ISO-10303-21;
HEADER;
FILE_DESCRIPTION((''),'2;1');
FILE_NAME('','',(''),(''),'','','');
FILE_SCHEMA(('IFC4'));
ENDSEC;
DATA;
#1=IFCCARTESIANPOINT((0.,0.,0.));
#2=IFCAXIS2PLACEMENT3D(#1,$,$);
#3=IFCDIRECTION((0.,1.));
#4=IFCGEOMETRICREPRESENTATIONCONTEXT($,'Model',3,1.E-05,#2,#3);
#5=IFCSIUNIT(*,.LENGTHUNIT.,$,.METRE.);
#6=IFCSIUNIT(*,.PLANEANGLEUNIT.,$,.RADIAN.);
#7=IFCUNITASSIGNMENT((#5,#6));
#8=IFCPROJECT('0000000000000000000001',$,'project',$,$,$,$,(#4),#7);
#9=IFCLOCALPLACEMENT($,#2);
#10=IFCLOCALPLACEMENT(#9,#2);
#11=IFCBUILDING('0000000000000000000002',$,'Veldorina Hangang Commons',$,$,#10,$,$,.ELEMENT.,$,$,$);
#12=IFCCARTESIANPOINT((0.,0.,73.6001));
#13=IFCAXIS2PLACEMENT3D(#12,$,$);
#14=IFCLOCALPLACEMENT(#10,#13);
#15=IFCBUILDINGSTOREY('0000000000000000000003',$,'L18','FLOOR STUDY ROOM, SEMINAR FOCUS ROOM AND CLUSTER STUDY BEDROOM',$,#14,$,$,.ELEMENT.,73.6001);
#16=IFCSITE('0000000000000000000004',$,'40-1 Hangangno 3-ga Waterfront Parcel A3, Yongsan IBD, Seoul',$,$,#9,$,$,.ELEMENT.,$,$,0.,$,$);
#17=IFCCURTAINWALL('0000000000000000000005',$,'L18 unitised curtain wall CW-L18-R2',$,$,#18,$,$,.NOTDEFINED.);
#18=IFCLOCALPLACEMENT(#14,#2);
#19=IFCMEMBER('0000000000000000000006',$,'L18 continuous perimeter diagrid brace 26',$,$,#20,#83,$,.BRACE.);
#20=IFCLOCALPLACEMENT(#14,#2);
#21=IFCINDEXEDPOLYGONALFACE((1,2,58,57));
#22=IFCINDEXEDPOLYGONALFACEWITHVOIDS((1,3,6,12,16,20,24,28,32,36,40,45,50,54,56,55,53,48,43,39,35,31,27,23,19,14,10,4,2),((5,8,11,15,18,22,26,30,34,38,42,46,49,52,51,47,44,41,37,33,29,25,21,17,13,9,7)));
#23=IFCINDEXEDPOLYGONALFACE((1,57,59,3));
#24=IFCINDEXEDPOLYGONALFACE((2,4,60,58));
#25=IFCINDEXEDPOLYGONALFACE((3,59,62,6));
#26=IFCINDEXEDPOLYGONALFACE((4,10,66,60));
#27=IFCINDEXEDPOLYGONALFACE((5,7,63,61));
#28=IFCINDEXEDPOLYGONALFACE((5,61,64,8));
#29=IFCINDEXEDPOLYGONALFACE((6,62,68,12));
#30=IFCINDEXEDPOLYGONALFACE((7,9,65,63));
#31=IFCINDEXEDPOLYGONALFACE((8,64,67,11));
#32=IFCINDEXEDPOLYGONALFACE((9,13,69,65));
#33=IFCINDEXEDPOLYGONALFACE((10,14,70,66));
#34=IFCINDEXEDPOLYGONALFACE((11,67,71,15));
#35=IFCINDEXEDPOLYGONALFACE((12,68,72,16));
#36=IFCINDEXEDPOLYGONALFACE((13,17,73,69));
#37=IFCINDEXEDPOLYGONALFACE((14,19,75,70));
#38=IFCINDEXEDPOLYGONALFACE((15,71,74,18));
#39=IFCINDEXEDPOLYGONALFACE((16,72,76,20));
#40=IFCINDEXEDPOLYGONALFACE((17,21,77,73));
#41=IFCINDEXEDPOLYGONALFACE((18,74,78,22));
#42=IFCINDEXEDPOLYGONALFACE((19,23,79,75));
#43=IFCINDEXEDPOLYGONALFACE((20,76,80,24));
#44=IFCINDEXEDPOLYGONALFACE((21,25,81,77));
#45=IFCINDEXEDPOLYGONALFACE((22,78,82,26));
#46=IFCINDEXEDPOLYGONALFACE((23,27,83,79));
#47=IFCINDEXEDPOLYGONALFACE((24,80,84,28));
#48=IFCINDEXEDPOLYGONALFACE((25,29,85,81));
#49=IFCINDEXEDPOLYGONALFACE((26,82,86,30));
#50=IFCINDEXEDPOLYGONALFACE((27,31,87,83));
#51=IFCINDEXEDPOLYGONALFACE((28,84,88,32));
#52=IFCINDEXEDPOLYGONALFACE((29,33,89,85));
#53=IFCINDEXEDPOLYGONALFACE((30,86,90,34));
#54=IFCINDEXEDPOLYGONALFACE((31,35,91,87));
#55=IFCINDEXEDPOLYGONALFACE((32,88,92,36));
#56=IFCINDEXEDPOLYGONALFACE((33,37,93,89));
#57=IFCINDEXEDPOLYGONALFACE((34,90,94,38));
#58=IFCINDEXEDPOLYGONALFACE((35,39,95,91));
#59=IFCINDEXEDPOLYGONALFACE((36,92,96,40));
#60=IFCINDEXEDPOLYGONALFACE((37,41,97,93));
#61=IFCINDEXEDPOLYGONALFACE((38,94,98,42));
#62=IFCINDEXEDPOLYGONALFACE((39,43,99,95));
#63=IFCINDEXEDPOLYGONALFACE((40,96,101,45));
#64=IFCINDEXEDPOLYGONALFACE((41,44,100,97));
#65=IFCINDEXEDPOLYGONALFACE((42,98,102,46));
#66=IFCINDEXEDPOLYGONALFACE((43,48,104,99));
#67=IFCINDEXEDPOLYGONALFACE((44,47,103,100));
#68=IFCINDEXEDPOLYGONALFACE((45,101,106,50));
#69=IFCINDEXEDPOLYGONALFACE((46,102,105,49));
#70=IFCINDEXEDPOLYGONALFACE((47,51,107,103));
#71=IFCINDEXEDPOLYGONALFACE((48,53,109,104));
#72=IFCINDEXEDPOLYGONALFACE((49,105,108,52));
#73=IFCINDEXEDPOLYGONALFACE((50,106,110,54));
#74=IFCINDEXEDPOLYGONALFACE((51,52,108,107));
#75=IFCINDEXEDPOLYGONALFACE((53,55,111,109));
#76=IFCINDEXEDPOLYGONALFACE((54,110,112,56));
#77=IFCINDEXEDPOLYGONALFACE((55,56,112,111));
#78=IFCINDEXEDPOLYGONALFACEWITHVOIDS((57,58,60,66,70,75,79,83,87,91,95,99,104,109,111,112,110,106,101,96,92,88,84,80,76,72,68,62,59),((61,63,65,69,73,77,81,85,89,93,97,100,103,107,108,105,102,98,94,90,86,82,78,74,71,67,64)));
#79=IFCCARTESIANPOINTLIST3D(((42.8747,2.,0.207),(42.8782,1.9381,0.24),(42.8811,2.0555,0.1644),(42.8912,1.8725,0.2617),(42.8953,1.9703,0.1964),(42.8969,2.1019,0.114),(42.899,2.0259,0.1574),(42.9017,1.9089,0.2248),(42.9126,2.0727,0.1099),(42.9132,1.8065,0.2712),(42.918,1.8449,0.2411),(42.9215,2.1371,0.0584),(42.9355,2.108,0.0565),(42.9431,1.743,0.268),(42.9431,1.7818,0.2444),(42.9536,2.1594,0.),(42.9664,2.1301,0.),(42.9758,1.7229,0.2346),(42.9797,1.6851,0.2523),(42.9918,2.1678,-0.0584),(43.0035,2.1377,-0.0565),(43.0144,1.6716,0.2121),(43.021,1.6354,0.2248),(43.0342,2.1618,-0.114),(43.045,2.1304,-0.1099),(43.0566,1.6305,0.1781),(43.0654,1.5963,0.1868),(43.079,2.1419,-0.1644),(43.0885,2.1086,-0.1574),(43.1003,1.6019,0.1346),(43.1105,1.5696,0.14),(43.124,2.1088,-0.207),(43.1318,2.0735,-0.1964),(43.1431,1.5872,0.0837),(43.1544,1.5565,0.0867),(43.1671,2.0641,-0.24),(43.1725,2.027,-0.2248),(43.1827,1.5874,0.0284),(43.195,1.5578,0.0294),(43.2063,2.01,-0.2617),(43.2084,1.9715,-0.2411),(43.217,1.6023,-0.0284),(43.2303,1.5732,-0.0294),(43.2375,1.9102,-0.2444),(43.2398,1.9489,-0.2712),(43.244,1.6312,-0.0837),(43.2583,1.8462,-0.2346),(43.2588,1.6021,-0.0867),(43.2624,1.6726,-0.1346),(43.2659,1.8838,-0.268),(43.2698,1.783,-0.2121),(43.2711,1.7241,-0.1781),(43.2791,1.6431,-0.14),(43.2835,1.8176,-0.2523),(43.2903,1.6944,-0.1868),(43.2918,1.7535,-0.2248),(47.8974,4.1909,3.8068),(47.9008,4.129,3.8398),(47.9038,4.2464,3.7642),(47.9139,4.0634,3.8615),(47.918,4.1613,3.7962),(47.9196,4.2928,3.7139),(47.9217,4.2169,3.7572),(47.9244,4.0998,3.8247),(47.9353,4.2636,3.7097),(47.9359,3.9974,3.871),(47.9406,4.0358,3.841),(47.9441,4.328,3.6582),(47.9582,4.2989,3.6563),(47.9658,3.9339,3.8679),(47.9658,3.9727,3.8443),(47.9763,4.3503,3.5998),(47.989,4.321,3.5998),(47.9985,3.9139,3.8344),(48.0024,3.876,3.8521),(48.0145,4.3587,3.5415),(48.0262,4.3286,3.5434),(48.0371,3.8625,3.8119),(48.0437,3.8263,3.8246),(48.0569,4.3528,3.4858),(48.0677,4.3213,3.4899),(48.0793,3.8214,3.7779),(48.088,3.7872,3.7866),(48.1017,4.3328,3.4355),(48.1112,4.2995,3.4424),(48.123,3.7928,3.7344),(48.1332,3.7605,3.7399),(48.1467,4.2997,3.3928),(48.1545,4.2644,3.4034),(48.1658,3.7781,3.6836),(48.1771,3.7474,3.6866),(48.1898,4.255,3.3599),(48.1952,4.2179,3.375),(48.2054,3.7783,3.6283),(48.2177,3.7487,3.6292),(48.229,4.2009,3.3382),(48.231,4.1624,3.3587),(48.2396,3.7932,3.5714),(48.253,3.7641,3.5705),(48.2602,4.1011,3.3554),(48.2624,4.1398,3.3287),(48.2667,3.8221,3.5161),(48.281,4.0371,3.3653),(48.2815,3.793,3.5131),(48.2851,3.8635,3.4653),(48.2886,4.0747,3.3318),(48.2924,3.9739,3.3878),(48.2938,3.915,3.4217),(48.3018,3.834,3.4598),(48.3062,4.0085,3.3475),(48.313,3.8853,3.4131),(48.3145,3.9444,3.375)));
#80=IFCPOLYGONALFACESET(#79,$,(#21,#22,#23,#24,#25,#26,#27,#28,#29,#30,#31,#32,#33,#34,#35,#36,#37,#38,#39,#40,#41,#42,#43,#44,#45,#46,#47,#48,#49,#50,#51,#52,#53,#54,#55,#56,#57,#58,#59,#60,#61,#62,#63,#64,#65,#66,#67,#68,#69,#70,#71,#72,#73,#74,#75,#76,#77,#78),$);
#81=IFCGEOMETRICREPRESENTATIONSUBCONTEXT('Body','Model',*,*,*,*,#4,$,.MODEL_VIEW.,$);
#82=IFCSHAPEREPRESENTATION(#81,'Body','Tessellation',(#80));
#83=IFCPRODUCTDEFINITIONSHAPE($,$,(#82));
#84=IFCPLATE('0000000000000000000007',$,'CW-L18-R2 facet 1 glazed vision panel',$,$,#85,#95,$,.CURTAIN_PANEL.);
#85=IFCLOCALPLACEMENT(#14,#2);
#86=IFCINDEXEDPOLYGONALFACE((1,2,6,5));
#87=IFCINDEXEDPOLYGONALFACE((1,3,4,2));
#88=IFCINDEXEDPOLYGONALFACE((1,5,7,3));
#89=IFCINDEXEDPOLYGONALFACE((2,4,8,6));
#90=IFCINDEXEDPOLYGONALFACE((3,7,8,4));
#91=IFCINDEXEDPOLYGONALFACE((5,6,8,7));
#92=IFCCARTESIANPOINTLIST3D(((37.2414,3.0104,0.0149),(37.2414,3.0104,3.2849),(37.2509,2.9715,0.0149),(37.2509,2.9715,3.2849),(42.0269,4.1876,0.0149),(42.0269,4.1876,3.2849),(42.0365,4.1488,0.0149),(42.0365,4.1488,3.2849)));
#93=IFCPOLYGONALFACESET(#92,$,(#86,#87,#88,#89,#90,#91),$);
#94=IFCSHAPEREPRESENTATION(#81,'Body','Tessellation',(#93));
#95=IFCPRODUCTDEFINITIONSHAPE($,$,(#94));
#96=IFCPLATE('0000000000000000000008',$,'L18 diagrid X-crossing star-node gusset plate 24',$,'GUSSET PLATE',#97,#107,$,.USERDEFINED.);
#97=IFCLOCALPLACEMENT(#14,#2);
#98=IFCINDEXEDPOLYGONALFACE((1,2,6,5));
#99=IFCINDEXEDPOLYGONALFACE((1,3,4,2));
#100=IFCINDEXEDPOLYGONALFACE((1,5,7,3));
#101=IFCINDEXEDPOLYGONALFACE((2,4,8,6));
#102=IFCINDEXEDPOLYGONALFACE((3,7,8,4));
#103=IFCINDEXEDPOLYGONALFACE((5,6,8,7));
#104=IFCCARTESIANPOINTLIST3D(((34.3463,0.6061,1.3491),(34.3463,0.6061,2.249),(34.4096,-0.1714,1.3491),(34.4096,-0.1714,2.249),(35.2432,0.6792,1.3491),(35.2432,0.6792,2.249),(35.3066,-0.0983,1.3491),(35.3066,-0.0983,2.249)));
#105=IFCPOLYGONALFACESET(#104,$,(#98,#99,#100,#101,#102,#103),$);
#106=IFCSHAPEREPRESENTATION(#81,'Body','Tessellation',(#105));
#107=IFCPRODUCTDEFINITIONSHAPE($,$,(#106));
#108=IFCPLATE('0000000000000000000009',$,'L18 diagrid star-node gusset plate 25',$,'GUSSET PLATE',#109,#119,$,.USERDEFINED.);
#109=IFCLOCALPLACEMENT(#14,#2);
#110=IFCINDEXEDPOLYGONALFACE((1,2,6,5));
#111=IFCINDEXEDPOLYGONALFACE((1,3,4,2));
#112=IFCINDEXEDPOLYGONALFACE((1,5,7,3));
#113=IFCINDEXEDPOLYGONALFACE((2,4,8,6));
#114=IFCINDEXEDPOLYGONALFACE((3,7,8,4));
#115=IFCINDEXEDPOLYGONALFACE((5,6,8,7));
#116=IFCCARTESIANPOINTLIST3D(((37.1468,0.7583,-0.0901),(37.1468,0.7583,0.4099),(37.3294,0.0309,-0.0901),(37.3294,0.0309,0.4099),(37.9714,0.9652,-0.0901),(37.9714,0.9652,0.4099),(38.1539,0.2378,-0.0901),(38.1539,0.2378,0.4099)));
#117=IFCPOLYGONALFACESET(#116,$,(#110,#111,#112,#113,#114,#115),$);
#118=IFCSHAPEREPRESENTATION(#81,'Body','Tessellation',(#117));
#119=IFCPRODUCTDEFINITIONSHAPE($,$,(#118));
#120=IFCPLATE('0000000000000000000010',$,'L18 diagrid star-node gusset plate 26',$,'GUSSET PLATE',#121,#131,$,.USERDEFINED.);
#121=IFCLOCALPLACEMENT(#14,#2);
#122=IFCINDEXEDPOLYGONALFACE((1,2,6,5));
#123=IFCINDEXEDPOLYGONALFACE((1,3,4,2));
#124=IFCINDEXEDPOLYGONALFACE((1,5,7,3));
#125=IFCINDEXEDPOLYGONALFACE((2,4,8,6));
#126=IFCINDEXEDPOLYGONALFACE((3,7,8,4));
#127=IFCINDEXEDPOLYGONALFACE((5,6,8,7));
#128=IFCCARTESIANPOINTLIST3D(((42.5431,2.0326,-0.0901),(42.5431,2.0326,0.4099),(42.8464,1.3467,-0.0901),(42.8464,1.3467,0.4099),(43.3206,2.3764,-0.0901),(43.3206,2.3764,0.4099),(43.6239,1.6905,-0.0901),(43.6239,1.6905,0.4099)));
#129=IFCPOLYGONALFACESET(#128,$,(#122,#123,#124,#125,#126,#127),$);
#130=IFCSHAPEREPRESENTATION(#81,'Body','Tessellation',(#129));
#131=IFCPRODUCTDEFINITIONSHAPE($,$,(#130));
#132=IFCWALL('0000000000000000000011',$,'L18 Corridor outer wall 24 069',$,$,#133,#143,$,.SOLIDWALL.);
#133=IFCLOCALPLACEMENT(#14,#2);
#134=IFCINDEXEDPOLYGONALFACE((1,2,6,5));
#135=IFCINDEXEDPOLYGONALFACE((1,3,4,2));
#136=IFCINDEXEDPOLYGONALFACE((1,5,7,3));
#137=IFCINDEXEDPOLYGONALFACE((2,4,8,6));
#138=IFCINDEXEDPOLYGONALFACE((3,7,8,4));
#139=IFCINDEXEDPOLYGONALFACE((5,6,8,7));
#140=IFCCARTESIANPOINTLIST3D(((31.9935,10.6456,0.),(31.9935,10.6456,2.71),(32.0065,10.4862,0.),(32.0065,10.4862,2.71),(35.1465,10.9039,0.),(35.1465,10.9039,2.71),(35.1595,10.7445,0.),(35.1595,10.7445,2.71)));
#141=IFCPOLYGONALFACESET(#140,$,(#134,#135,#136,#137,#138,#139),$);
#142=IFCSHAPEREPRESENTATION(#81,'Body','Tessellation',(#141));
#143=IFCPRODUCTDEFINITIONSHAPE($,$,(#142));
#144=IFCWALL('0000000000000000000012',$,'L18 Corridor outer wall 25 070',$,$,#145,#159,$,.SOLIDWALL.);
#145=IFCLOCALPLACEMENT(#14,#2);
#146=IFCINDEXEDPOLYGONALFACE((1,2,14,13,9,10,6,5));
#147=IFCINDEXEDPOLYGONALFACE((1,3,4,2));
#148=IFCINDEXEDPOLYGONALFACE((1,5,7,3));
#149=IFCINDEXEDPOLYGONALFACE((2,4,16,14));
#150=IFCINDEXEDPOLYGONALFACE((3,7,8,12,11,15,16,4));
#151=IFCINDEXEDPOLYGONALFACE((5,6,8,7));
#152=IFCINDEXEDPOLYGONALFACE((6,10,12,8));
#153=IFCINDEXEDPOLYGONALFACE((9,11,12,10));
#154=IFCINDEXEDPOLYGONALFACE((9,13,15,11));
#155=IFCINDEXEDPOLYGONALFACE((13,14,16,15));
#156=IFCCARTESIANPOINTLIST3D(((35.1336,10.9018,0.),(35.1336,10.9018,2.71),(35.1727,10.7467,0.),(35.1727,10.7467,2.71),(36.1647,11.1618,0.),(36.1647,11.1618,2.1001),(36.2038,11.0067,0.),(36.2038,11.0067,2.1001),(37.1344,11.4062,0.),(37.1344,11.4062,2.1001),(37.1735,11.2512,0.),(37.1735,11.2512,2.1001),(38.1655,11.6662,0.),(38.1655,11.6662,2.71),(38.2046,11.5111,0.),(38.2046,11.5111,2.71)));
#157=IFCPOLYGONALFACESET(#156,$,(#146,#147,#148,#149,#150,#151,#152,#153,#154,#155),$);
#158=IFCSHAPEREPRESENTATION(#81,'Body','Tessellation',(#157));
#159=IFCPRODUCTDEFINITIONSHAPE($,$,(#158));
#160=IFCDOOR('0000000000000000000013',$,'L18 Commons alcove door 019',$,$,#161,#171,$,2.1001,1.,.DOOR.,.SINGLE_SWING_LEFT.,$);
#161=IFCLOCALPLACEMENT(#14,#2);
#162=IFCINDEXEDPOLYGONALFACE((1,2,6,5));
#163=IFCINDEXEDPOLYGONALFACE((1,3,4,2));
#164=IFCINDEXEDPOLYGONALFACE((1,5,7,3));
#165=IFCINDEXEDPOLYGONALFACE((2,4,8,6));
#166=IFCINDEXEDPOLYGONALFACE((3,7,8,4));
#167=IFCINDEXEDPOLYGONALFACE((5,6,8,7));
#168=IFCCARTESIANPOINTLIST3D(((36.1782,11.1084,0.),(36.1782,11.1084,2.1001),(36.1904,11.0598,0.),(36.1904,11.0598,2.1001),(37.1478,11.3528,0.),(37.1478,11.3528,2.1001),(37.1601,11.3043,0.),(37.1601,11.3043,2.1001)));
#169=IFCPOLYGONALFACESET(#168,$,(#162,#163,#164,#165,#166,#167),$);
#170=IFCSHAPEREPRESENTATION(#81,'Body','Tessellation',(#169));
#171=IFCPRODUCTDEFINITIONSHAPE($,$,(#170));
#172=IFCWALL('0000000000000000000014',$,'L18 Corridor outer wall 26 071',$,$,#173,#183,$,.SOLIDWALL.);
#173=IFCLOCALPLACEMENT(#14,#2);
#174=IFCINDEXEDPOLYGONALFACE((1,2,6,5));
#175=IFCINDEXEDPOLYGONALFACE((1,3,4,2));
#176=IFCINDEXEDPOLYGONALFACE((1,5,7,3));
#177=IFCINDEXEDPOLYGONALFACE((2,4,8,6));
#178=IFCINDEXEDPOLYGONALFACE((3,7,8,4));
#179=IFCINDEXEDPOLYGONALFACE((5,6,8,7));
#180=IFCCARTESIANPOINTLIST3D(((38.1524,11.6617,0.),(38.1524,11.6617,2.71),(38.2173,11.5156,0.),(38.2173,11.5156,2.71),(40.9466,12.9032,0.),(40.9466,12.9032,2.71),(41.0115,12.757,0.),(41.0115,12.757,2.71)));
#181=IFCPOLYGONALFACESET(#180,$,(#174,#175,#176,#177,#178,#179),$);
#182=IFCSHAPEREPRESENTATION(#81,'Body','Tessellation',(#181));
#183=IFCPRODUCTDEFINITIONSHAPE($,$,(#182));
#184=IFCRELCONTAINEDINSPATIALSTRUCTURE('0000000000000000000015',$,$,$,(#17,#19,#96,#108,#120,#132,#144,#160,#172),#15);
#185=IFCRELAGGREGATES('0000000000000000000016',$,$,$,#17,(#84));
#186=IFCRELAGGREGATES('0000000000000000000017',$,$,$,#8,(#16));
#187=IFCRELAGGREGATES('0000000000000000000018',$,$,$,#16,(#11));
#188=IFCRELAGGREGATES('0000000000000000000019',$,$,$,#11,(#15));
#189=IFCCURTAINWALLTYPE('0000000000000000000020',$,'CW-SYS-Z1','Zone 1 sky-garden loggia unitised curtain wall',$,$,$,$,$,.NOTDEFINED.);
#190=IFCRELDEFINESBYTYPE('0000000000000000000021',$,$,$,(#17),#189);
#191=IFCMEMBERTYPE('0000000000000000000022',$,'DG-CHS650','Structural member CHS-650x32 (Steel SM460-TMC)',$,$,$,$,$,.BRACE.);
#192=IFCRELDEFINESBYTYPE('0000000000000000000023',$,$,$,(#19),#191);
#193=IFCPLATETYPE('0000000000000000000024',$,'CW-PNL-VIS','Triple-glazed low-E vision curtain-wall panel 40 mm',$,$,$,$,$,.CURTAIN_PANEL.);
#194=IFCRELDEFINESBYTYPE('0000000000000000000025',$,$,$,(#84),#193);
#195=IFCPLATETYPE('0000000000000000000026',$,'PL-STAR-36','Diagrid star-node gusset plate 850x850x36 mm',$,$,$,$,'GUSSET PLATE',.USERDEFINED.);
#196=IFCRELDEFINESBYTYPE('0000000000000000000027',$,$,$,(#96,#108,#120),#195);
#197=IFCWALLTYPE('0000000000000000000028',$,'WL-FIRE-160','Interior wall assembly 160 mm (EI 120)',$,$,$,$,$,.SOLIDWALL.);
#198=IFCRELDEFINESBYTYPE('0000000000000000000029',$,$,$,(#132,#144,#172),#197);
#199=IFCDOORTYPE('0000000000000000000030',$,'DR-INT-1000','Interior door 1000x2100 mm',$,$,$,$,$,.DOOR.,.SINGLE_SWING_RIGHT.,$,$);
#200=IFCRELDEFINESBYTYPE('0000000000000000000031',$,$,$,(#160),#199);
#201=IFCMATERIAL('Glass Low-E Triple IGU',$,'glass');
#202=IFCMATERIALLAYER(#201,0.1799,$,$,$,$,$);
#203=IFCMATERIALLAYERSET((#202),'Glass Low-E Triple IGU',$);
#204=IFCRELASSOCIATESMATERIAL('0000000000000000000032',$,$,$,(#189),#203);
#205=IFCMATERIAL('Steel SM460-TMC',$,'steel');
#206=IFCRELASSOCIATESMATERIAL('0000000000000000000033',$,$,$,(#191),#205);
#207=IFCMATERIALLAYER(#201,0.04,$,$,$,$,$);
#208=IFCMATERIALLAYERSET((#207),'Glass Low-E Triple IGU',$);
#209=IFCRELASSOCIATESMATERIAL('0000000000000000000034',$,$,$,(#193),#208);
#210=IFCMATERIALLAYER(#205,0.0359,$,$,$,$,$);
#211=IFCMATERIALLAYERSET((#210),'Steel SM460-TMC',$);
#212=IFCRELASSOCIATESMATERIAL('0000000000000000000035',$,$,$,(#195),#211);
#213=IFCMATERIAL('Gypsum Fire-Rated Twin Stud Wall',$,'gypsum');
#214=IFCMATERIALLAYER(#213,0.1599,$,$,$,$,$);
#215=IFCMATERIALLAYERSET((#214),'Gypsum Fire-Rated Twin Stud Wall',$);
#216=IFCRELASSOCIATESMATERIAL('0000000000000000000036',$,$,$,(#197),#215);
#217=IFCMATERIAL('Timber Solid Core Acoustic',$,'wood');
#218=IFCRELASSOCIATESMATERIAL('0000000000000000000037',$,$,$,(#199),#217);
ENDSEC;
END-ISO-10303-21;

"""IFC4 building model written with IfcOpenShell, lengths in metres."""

from ifc_helpers import new_model, si_unit, direction, frame, frame_2d, origin, origin_2d, place, context, subcontext, project, spatial, rectangle, hollow_circle, extrude, material, layer, layer_set, material_profile, profile_set, type_object, element, fill, aggregate, save


model = new_model("IFC4")

# Units and contexts
model_context = context("Model", 3, precision=1e-05, world=origin(), true_north=direction((0.0, 1.0)))
body_context = subcontext(model_context, "Body", "Model", "MODEL_VIEW")
ifc_project = project(units=[si_unit("LENGTHUNIT", "METRE"), si_unit("PLANEANGLEUNIT", "RADIAN")], contexts=[model_context])

# Site, building, storey
site_placement = place(None, origin())
site = spatial("IfcSite", under=ifc_project, at=site_placement, Name="40-1 Hangangno 3-ga Waterfront Parcel A3, Yongsan IBD, Seoul", CompositionType="ELEMENT", RefElevation=0.0)
building_placement = place(site_placement, origin())
building = spatial("IfcBuilding", under=site, at=building_placement, Name="Veldorina Hangang Commons", CompositionType="ELEMENT")
storey_placement = place(building_placement, frame((0.0, 0.0, 73.6001)))
storey = spatial("IfcBuildingStorey", under=building, at=storey_placement, Name="L18", Description="FLOOR STUDY ROOM, SEMINAR FOCUS ROOM AND CLUSTER STUDY BEDROOM", CompositionType="ELEMENT", Elevation=73.6001)

# Curtain wall
ifc_material_1 = material(Name="Glass Low-E Triple IGU", Category="glass")
ifc_layer_1 = layer(ifc_material_1, 0.1799)
ifc_layer_set_1 = layer_set([ifc_layer_1], Name="Glass Low-E Triple IGU")
curtain_wall_type = type_object("IfcCurtainWallType", Name="CW-SYS-Z1", Description="Zone 1 sky-garden loggia unitised curtain wall", PredefinedType="NOTDEFINED", material=ifc_layer_set_1)
curtain_wall_placement = place(storey_placement, origin())
curtain_wall = element("IfcCurtainWall", 1, at=curtain_wall_placement, inside=storey, type_object=curtain_wall_type, Name="L18 unitised curtain wall CW-L18-R2", PredefinedType="NOTDEFINED")

# Member
ifc_material_2 = material(Name="Steel SM460-TMC", Category="steel")
ifc_material_profile_1 = material_profile(ifc_material_2, hollow_circle(Radius=0.325, WallThickness=0.032, at=origin_2d()), Name="CHS-650x32")
ifc_profile_set_1 = profile_set([ifc_material_profile_1], Name="Steel SM460-TMC")
member_type_1 = type_object("IfcMemberType", Name="DG-CHS650", Description="Structural member CHS-650x32 (Steel SM460-TMC)", PredefinedType="BRACE", material=ifc_profile_set_1)
member_1_placement = place(storey_placement, frame((43.0835, 1.8616, 0.0), z_axis=(0.766074, 0.334164, 0.549058), x_axis=(-0.399821, 0.916593, 0.0)))
element("IfcMember", 2, at=member_1_placement, inside=storey, type_object=member_type_1, Name="L18 continuous perimeter diagrid brace 26", PredefinedType="BRACE", context=body_context, shape_type="SweptSolid", body=[
    extrude(hollow_circle(Radius=0.325, WallThickness=0.032, at=origin_2d()), origin(), (0.0, 0.0, 1.0), 6.5564),
])

# Plate
ifc_layer_2 = layer(ifc_material_1, 0.04)
ifc_layer_set_2 = layer_set([ifc_layer_2], Name="Glass Low-E Triple IGU")
plate_type_1 = type_object("IfcPlateType", Name="CW-PNL-VIS", Description="Triple-glazed low-E vision curtain-wall panel 40 mm", PredefinedType="CURTAIN_PANEL", material=ifc_layer_set_2)
plate_1_placement = place(storey_placement, frame((39.6389, 3.5796, 0.0149), z_axis=(0.0, 0.0, 1.0), x_axis=(0.971051, 0.238872, 0.0)))
plate_1 = element("IfcPlate", 3, at=plate_1_placement, type_object=plate_type_1, Name="CW-L18-R2 facet 1 glazed vision panel", PredefinedType="CURTAIN_PANEL", context=body_context, shape_type="SweptSolid", body=[
    extrude(rectangle(XDim=4.9282, YDim=0.04, at=origin_2d()), origin(), (0.0, 0.0, 1.0), 3.27),
])
aggregate(curtain_wall, [plate_1])

# Plates
ifc_layer_3 = layer(ifc_material_2, 0.0359)
ifc_layer_set_3 = layer_set([ifc_layer_3], Name="Steel SM460-TMC")
plate_type_2 = type_object("IfcPlateType", Name="PL-STAR-36", Description="Diagrid star-node gusset plate 850x850x36 mm", ElementType="GUSSET PLATE", PredefinedType="USERDEFINED", material=ifc_layer_set_3)
plate_2_placement = place(storey_placement, frame((34.8264, 0.2539, 1.3491), z_axis=(0.0, 0.0, 1.0), x_axis=(0.996697, 0.081208, 0.0)))
element("IfcPlate", 4, at=plate_2_placement, inside=storey, type_object=plate_type_2, Name="L18 diagrid X-crossing star-node gusset plate 24", ObjectType="GUSSET PLATE", PredefinedType="USERDEFINED", context=body_context, shape_type="SweptSolid", body=[
    extrude(rectangle(XDim=0.8999, YDim=0.78, at=origin_2d()), origin(), (0.0, 0.0, 1.0), 0.8999),
])
for number, where, z_axis, x_axis, name in (
    (5, (37.6504, 0.498, -0.0901), (0.0, 0.0, 1.0), (0.969919, 0.243429, 0.0), "L18 diagrid star-node gusset plate 25"),
    (6, (43.0835, 1.8616, -0.0901), (0.0, 0.0, 1.0), (0.914558, 0.404455, 0.0), "L18 diagrid star-node gusset plate 26"),
):
    element("IfcPlate", number, at=place(storey_placement, frame(where, z_axis=z_axis, x_axis=x_axis)), inside=storey, type_object=plate_type_2, Name=name, ObjectType="GUSSET PLATE", PredefinedType="USERDEFINED", context=body_context, shape_type="SweptSolid", body=[
        extrude(rectangle(XDim=0.8501, YDim=0.75, at=origin_2d()), origin(), (0.0, 0.0, 1.0), 0.5),
    ])

# Wall
ifc_material_3 = material(Name="Gypsum Fire-Rated Twin Stud Wall", Category="gypsum")
ifc_layer_4 = layer(ifc_material_3, 0.1599)
ifc_layer_set_4 = layer_set([ifc_layer_4], Name="Gypsum Fire-Rated Twin Stud Wall")
wall_type_1 = type_object("IfcWallType", Name="WL-FIRE-160", Description="Interior wall assembly 160 mm (EI 120)", PredefinedType="SOLIDWALL", material=ifc_layer_set_4)
wall_1_placement = place(storey_placement, frame((32.0, 10.5659, 0.0), z_axis=(0.0, 0.0, 1.0), x_axis=(0.996661, 0.081647, 0.0)))
element("IfcWall", 7, at=wall_1_placement, inside=storey, type_object=wall_type_1, Name="L18 Corridor outer wall 24 069", PredefinedType="SOLIDWALL", context=body_context, shape_type="SweptSolid", body=[
    extrude(rectangle(XDim=3.1636, YDim=0.1599, at=frame_2d((1.5818, 0.0))), origin(), (0.0, 0.0, 1.0), 2.71),
])

# Wall, opening, door
wall_2_placement = place(storey_placement, frame((35.1531, 10.8242, 0.0), z_axis=(0.0, 0.0, 1.0), x_axis=(0.969654, 0.244483, 0.0)))
wall_2 = element("IfcWall", 8, at=wall_2_placement, inside=storey, type_object=wall_type_1, Name="L18 Corridor outer wall 25 070", PredefinedType="SOLIDWALL", context=body_context, shape_type="SweptSolid", body=[
    extrude(rectangle(XDim=3.1267, YDim=0.1599, at=frame_2d((1.5635, 0.0))), origin(), (0.0, 0.0, 1.0), 2.71),
])
opening_1_placement = place(wall_2_placement, frame((1.0635, 0.0, 0.0)))
opening_1 = element("IfcOpeningElement", 9, at=opening_1_placement, cuts=wall_2, PredefinedType="OPENING", context=body_context, shape_type="SweptSolid", body=[
    extrude(rectangle(XDim=1.0, YDim=2.1001, at=frame_2d((0.5, 1.05))), frame((0.0, 0.0898, 0.0), z_axis=(0.0, -1.0, 0.0), x_axis=(1.0, 0.0, 0.0)), (0.0, 0.0, 1.0), 0.1799),
])
ifc_material_4 = material(Name="Timber Solid Core Acoustic", Category="wood")
door_type_1 = type_object("IfcDoorType", Name="DR-INT-1000", Description="Interior door 1000x2100 mm", OperationType="SINGLE_SWING_RIGHT", PredefinedType="DOOR", material=ifc_material_4)
door_1_placement = place(opening_1_placement, origin())
door_1 = element("IfcDoor", 10, at=door_1_placement, inside=storey, type_object=door_type_1, Name="L18 Commons alcove door 019", OperationType="SINGLE_SWING_LEFT", OverallHeight=2.1001, OverallWidth=1.0, PredefinedType="DOOR", context=body_context, shape_type="SweptSolid", body=[
    extrude(rectangle(XDim=1.0, YDim=2.1001, at=frame_2d((0.5, 1.05))), frame((0.0, 0.0249, 0.0), z_axis=(0.0, -1.0, 0.0), x_axis=(1.0, 0.0, 0.0)), (0.0, 0.0, 1.0), 0.05),
])
fill(opening_1, door_1)

# Wall
wall_3_placement = place(storey_placement, frame((38.1848, 11.5886, 0.0), z_axis=(0.0, 0.0, 1.0), x_axis=(0.913861, 0.406027, 0.0)))
element("IfcWall", 11, at=wall_3_placement, inside=storey, type_object=wall_type_1, Name="L18 Corridor outer wall 26 071", PredefinedType="SOLIDWALL", context=body_context, shape_type="SweptSolid", body=[
    extrude(rectangle(XDim=3.0576, YDim=0.1599, at=frame_2d((1.5288, 0.0))), origin(), (0.0, 0.0, 1.0), 2.71),
])

save(model, "model.ifc")
